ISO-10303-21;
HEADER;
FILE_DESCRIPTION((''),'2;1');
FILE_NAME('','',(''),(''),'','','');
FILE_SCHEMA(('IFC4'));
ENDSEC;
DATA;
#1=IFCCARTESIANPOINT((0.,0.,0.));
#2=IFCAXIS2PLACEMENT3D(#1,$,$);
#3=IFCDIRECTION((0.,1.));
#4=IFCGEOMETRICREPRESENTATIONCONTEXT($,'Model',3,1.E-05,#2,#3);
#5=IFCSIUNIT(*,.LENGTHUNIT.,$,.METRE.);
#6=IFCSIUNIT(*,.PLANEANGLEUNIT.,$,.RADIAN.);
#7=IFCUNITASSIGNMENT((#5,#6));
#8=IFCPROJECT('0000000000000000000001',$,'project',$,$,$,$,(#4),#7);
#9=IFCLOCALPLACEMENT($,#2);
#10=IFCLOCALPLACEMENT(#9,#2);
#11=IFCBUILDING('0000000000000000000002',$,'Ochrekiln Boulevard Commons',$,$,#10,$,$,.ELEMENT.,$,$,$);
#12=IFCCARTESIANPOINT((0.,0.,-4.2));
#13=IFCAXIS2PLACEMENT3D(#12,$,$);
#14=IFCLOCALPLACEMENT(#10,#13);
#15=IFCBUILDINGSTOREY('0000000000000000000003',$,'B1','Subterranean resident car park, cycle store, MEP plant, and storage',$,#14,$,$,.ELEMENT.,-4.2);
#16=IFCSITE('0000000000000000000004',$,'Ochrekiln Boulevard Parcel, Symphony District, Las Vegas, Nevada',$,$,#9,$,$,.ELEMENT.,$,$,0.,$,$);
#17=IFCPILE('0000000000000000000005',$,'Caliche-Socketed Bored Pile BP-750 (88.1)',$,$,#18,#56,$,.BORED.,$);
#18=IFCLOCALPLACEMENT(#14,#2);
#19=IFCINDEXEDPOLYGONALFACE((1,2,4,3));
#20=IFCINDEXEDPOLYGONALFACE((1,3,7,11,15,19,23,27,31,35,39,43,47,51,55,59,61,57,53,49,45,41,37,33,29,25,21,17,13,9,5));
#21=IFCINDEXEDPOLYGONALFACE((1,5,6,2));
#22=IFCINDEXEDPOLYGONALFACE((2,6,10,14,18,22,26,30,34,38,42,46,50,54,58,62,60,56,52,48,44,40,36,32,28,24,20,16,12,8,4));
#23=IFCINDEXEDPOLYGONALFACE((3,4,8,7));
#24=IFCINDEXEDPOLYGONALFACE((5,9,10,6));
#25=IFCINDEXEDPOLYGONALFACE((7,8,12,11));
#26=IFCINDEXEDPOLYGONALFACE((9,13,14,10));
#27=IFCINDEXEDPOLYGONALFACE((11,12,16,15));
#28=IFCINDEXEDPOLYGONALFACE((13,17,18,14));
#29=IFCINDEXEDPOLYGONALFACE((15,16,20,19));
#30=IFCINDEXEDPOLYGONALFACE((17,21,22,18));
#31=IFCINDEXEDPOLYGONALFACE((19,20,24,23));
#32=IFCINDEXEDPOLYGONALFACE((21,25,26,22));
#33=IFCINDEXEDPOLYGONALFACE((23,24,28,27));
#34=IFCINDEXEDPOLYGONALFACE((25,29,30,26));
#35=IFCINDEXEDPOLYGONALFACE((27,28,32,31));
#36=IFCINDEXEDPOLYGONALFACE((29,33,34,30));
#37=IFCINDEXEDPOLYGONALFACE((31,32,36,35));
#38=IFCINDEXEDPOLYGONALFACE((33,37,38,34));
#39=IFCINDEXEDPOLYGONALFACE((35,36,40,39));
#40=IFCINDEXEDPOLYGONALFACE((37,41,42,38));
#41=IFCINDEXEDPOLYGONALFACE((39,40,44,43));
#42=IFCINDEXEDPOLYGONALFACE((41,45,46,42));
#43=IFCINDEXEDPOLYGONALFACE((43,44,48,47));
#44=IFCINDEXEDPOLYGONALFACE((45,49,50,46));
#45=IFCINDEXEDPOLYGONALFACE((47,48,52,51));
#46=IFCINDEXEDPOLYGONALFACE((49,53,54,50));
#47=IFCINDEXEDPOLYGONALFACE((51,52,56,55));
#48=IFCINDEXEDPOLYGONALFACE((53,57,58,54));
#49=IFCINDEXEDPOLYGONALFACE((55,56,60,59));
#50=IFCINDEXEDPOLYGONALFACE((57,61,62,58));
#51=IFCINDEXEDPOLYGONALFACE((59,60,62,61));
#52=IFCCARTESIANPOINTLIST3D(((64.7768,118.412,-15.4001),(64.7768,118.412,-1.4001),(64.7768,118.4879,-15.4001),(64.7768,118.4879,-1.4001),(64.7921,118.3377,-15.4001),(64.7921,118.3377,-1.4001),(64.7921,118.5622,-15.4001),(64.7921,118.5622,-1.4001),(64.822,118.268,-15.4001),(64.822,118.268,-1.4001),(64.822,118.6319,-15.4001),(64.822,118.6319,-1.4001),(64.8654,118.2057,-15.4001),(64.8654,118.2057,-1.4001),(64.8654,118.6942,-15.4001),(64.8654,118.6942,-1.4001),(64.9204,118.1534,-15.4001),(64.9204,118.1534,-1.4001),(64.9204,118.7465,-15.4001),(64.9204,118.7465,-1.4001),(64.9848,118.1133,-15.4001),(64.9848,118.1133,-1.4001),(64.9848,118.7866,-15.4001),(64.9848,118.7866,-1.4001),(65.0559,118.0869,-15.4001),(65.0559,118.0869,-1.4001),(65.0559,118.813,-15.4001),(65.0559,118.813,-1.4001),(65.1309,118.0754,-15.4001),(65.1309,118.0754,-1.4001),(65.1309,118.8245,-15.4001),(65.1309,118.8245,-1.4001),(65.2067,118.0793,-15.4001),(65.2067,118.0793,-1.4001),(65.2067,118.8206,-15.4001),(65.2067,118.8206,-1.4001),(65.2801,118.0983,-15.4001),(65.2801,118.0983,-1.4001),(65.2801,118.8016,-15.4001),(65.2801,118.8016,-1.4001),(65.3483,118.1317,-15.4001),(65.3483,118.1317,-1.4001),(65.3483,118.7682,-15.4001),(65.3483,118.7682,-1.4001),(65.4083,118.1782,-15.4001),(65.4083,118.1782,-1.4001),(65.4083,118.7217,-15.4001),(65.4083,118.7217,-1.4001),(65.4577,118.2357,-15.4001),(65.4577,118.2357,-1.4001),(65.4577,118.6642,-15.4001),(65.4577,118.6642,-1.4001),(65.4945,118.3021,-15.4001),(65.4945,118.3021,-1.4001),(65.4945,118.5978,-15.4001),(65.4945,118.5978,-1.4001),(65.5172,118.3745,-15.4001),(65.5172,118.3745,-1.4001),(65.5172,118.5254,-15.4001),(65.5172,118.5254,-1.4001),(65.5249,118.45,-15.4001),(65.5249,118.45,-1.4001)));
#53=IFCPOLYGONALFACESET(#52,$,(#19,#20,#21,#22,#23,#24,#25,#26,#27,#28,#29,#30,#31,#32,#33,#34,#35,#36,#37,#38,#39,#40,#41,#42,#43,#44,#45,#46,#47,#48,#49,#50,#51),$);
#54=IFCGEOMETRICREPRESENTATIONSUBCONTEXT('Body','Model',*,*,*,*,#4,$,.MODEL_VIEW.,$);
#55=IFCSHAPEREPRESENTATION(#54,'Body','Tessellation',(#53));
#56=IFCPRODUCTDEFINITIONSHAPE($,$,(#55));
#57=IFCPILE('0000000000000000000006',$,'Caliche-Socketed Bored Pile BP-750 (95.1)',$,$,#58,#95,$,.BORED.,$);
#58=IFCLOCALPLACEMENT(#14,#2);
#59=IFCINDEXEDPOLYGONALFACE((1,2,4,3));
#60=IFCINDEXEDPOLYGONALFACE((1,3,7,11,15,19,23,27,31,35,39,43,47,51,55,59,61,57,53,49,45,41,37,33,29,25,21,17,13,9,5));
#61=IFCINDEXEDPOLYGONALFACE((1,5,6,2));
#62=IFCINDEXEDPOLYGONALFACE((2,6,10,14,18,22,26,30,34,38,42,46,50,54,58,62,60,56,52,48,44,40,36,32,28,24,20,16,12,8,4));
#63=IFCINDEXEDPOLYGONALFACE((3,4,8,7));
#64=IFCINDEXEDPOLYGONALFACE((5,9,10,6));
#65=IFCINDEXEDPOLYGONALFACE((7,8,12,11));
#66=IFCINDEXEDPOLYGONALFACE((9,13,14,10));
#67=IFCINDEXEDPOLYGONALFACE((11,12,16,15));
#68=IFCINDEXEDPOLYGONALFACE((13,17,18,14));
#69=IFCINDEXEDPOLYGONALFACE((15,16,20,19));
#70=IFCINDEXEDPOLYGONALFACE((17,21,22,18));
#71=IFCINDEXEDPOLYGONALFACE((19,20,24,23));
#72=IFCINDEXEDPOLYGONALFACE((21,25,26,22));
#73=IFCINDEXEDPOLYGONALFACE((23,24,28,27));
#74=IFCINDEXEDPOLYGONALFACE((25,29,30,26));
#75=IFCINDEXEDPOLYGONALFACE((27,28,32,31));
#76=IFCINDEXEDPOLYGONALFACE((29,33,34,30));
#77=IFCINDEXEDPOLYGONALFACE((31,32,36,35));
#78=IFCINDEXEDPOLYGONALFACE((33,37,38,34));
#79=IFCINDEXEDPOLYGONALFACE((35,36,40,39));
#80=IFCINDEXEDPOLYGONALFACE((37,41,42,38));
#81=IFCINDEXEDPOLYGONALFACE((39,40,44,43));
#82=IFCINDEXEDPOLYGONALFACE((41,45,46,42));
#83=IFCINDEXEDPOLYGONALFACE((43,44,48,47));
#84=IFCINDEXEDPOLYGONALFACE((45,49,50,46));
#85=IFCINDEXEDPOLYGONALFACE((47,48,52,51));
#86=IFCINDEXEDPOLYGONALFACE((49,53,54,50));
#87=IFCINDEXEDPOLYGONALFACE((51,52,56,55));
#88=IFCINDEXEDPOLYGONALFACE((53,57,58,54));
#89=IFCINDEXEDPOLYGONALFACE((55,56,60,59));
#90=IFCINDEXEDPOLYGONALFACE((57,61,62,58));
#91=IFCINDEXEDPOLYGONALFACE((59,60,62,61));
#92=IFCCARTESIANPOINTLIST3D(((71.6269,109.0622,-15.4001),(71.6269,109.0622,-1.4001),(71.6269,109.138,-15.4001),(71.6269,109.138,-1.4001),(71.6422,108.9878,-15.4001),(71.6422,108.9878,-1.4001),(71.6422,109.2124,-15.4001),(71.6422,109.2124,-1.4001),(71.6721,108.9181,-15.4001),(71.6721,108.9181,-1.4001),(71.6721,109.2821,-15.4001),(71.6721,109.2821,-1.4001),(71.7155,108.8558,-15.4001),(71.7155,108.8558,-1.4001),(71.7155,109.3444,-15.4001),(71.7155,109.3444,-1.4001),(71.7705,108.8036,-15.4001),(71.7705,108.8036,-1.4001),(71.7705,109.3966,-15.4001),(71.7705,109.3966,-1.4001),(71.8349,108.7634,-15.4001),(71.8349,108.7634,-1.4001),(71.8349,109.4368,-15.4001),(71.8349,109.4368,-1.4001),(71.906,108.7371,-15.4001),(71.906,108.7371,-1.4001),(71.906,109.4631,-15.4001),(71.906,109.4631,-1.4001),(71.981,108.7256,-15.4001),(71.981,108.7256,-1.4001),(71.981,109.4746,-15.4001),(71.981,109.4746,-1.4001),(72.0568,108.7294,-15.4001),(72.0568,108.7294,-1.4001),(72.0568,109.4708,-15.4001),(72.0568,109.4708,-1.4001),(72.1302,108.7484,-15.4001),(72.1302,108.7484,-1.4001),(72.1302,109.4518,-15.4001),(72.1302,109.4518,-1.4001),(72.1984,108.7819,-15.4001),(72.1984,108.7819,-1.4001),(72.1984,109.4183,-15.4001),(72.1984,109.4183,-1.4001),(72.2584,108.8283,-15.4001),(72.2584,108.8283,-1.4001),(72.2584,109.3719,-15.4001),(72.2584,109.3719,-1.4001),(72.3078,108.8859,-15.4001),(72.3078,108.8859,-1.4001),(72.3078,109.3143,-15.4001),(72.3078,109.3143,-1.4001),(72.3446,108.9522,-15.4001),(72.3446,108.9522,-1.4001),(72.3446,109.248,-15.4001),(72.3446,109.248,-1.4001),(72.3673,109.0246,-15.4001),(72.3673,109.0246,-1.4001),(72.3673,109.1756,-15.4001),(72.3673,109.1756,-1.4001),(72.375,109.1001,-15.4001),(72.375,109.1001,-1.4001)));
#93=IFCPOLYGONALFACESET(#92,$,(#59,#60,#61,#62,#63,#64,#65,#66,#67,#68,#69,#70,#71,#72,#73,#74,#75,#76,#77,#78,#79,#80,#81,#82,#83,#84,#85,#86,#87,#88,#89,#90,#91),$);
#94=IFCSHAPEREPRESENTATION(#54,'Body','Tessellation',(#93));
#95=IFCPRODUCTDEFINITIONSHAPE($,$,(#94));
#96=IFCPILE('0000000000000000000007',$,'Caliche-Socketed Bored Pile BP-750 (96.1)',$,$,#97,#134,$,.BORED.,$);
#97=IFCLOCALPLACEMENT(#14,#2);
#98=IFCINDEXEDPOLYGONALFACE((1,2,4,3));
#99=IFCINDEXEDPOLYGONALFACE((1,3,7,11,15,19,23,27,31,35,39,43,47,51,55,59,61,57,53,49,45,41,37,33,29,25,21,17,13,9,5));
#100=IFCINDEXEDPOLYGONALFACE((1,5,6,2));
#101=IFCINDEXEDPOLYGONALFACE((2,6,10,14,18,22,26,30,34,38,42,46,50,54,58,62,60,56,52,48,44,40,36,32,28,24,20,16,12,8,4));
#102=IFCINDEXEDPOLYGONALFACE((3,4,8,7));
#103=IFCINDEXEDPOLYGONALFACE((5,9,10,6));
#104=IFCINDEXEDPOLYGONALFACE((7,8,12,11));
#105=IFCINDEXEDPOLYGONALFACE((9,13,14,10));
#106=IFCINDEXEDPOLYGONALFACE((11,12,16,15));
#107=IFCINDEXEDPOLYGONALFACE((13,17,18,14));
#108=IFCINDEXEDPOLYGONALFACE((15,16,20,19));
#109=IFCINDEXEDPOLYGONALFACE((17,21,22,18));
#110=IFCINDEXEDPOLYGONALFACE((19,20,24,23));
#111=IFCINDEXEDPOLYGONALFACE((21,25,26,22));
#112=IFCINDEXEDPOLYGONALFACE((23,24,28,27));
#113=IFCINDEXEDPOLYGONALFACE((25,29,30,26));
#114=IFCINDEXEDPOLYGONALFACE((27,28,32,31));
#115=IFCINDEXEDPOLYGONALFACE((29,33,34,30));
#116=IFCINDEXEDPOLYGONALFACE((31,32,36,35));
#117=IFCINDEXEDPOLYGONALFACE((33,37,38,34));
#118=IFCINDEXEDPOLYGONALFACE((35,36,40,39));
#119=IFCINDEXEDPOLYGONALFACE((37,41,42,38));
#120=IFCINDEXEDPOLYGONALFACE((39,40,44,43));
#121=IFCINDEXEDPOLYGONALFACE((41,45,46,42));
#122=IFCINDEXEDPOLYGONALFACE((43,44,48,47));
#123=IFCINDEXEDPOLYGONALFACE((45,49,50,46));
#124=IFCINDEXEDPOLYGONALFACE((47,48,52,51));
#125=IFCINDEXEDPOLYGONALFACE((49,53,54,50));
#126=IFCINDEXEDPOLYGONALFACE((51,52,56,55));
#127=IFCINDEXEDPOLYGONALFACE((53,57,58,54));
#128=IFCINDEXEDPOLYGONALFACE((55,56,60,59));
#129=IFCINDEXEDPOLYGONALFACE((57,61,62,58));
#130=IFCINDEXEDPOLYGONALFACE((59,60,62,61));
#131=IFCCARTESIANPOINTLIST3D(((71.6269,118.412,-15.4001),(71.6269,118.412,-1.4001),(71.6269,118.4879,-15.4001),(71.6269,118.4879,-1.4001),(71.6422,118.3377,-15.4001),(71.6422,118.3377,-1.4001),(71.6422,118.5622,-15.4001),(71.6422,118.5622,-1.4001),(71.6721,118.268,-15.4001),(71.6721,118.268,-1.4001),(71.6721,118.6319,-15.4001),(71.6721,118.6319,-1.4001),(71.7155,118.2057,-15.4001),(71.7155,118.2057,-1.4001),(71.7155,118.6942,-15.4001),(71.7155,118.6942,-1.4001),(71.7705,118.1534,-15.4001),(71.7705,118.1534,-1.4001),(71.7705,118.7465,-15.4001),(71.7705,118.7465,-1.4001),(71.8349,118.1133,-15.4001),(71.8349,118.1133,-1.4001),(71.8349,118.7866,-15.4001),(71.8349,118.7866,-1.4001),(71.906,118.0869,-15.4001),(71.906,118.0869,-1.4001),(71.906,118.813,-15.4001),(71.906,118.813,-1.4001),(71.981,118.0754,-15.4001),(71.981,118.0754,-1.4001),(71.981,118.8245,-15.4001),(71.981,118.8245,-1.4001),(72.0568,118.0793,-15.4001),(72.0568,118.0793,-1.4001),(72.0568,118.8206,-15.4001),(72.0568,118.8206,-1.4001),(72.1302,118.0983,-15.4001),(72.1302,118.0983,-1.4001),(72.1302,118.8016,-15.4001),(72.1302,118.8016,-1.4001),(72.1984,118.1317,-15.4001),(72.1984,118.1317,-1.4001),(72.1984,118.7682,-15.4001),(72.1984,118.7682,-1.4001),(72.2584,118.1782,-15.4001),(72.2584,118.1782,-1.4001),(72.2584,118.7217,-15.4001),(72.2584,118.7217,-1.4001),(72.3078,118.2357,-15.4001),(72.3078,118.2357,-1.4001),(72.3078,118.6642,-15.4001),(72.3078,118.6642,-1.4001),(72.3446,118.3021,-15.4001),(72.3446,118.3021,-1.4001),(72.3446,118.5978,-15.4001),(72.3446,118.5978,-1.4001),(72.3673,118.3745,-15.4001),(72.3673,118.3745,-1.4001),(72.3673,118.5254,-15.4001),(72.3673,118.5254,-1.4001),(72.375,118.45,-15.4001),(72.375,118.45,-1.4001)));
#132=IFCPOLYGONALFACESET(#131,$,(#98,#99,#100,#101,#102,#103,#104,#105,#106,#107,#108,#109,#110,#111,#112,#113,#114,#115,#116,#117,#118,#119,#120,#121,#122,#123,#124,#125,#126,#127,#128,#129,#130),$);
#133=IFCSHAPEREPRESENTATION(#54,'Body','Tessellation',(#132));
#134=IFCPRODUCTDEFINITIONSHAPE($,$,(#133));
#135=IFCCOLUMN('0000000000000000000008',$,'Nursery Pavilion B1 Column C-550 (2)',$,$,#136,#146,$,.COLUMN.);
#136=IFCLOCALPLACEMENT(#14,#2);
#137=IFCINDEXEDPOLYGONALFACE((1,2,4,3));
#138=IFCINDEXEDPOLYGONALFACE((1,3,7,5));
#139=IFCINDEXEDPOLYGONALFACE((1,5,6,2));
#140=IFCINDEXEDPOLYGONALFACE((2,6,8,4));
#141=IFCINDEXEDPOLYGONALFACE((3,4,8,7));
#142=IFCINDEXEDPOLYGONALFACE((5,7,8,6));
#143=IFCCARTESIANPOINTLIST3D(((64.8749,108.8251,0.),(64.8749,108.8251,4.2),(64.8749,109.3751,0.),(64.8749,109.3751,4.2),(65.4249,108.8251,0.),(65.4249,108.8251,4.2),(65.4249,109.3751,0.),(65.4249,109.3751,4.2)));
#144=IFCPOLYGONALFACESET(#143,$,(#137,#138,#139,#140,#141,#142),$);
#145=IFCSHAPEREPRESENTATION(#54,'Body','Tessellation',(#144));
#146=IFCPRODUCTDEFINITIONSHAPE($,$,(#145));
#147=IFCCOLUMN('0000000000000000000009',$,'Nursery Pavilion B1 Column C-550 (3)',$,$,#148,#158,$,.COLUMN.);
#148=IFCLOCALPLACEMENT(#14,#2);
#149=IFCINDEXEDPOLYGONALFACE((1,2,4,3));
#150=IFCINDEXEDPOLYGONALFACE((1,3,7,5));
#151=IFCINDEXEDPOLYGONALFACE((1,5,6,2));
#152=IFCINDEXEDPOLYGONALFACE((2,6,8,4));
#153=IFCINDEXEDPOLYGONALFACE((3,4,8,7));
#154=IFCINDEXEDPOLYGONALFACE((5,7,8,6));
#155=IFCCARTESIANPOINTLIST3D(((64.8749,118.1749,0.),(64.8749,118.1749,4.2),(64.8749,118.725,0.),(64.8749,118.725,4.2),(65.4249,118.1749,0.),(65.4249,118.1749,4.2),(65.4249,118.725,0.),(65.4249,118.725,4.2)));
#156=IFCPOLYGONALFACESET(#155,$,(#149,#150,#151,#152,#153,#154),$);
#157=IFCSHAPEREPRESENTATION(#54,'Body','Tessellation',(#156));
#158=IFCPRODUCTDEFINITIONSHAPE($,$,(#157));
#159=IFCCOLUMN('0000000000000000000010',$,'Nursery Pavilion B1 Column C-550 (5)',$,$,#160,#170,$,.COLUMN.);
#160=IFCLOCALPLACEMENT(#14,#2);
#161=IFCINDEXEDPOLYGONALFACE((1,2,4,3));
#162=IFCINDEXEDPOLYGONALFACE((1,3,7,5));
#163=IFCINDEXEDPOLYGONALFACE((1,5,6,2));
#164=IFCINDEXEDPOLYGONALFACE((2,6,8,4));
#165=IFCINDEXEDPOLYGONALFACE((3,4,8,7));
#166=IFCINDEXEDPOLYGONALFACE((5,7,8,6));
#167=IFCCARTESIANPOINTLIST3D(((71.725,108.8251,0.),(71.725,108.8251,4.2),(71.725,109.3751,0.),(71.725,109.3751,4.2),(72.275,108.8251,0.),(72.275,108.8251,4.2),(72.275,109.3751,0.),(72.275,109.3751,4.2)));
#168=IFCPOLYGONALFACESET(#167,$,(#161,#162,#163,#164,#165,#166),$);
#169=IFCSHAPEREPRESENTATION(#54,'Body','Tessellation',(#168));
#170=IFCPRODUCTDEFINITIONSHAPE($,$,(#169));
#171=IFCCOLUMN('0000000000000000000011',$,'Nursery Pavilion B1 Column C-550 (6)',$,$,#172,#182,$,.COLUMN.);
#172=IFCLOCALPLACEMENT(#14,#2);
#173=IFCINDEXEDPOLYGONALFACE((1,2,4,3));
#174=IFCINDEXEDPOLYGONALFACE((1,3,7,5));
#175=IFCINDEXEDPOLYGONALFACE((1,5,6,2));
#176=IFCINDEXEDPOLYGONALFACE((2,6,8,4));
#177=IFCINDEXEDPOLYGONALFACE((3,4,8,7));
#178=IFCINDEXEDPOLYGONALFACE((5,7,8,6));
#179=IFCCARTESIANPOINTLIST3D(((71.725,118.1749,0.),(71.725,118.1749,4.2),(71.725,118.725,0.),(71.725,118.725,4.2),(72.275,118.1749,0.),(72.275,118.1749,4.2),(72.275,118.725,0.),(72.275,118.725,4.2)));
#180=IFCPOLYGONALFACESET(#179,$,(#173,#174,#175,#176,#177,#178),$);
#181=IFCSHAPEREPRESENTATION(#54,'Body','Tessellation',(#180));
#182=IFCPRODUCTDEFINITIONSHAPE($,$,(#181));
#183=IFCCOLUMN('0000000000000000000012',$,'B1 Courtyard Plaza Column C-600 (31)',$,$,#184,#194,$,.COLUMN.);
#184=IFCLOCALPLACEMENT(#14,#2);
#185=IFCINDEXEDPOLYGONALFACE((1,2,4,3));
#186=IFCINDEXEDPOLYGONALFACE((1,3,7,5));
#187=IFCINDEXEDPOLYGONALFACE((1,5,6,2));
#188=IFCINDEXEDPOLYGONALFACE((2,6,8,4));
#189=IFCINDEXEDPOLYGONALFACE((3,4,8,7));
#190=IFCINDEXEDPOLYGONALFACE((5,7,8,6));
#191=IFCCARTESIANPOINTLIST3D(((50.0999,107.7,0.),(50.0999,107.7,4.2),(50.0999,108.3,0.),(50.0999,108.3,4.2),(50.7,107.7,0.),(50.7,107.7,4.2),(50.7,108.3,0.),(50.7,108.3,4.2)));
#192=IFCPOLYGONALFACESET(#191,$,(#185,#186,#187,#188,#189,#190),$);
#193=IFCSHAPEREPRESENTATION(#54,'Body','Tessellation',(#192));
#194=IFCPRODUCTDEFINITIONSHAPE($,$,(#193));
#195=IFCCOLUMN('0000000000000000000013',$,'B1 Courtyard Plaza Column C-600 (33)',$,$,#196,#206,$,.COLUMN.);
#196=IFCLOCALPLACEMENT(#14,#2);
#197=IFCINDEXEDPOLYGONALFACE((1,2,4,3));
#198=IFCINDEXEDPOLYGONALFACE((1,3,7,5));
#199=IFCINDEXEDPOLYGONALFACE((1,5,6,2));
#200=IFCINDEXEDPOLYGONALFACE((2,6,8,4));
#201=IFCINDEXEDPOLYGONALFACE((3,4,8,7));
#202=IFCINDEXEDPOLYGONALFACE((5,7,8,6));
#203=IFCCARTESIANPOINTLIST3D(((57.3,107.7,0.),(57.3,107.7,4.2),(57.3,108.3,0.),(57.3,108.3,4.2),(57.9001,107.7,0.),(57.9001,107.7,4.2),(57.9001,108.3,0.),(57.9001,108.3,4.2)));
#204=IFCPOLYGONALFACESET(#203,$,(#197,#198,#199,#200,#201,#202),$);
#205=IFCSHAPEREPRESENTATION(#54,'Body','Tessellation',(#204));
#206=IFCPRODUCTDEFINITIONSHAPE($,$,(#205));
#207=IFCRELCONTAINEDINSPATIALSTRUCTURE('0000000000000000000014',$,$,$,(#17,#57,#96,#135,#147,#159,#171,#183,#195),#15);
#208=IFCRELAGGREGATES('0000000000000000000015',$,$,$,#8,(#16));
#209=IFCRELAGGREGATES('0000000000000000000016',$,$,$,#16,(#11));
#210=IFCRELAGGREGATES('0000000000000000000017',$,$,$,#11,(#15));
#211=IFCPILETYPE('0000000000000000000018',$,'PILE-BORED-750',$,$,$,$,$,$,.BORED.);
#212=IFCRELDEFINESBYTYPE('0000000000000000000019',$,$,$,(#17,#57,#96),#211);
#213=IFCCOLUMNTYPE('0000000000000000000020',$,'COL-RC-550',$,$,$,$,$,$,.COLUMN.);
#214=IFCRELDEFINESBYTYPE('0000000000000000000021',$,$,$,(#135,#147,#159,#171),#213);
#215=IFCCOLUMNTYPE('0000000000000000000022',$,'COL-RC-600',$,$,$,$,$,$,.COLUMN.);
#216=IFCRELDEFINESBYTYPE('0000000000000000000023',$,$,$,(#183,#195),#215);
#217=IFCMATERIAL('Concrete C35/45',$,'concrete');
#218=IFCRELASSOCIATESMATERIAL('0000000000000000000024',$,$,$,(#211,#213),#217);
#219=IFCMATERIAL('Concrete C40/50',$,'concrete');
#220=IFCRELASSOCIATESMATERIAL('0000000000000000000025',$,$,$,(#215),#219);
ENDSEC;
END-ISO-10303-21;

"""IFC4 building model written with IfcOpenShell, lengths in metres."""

from ifc_helpers import new_model, si_unit, direction, frame, origin, origin_2d, place, context, subcontext, project, spatial, rectangle, circle, extrude, material, material_profile, profile_set, type_object, element, save


model = new_model("IFC4")

# Units and contexts
model_context = context("Model", 3, precision=1e-05, world=origin(), true_north=direction((0.0, 1.0)))
body_context = subcontext(model_context, "Body", "Model", "MODEL_VIEW")
ifc_project = project(units=[si_unit("LENGTHUNIT", "METRE"), si_unit("PLANEANGLEUNIT", "RADIAN")], contexts=[model_context])

# Site, building, storey
site_placement = place(None, origin())
site = spatial("IfcSite", under=ifc_project, at=site_placement, Name="Ochrekiln Boulevard Parcel, Symphony District, Las Vegas, Nevada", CompositionType="ELEMENT", RefElevation=0.0)
building_placement = place(site_placement, origin())
building = spatial("IfcBuilding", under=site, at=building_placement, Name="Ochrekiln Boulevard Commons", CompositionType="ELEMENT")
storey_placement = place(building_placement, frame((0.0, 0.0, -4.2)))
storey = spatial("IfcBuildingStorey", under=building, at=storey_placement, Name="B1", Description="Subterranean resident car park, cycle store, MEP plant, and storage", CompositionType="ELEMENT", Elevation=-4.2)

# Shared definitions
ifc_material_1 = material(Name="Concrete C35/45", Category="concrete")

# Piles
ifc_material_profile_1 = material_profile(ifc_material_1, circle(Radius=0.375, at=origin_2d()), Name="PILE-D750")
ifc_profile_set_1 = profile_set([ifc_material_profile_1], Name="Concrete C35/45")
pile_type = type_object("IfcPileType", Name="PILE-BORED-750", PredefinedType="BORED", material=ifc_profile_set_1)
for number, where, z_axis, x_axis, name in (
    (1, (65.1499, 118.45, -1.4001), (0.0, 0.0, -1.0), (1.0, 0.0, 0.0), "Caliche-Socketed Bored Pile BP-750 (88.1)"),
    (2, (72.0, 109.1001, -1.4001), (0.0, 0.0, -1.0), (1.0, 0.0, 0.0), "Caliche-Socketed Bored Pile BP-750 (95.1)"),
    (3, (72.0, 118.45, -1.4001), (0.0, 0.0, -1.0), (1.0, 0.0, 0.0), "Caliche-Socketed Bored Pile BP-750 (96.1)"),
):
    element("IfcPile", number, at=place(storey_placement, frame(where, z_axis=z_axis, x_axis=x_axis)), inside=storey, type_object=pile_type, Name=name, PredefinedType="BORED", context=body_context, shape_type="SweptSolid", body=[
        extrude(circle(Radius=0.375, at=origin_2d()), origin(), (0.0, 0.0, 1.0), 14.0),
    ])

# Columns
ifc_material_profile_2 = material_profile(ifc_material_1, rectangle(XDim=0.55, YDim=0.55, at=origin_2d()), Name="RC-COL-550x550")
ifc_profile_set_2 = profile_set([ifc_material_profile_2], Name="Concrete C35/45")
column_type_1 = type_object("IfcColumnType", Name="COL-RC-550", PredefinedType="COLUMN", material=ifc_profile_set_2)
for number, where, z_axis, x_axis, name in (
    (4, (65.1499, 109.1001, 0.0), (0.0, 0.0, 1.0), (1.0, 0.0, 0.0), "Nursery Pavilion B1 Column C-550 (2)"),
    (5, (65.1499, 118.45, 0.0), (0.0, 0.0, 1.0), (1.0, 0.0, 0.0), "Nursery Pavilion B1 Column C-550 (3)"),
    (6, (72.0, 109.1001, 0.0), (0.0, 0.0, 1.0), (1.0, 0.0, 0.0), "Nursery Pavilion B1 Column C-550 (5)"),
    (7, (72.0, 118.45, 0.0), (0.0, 0.0, 1.0), (1.0, 0.0, 0.0), "Nursery Pavilion B1 Column C-550 (6)"),
):
    element("IfcColumn", number, at=place(storey_placement, frame(where, z_axis=z_axis, x_axis=x_axis)), inside=storey, type_object=column_type_1, Name=name, PredefinedType="COLUMN", context=body_context, shape_type="SweptSolid", body=[
        extrude(rectangle(XDim=0.55, YDim=0.55, at=origin_2d()), origin(), (0.0, 0.0, 1.0), 4.2),
    ])
ifc_material_2 = material(Name="Concrete C40/50", Category="concrete")
ifc_material_profile_3 = material_profile(ifc_material_2, rectangle(XDim=0.6001, YDim=0.6001, at=origin_2d()), Name="RC-COL-600x600")
ifc_profile_set_3 = profile_set([ifc_material_profile_3], Name="Concrete C40/50")
column_type_2 = type_object("IfcColumnType", Name="COL-RC-600", PredefinedType="COLUMN", material=ifc_profile_set_3)
for number, where, z_axis, x_axis, name in (
    (8, (50.3999, 108.0, 0.0), (0.0, 0.0, 1.0), (1.0, 0.0, 0.0), "B1 Courtyard Plaza Column C-600 (31)"),
    (9, (57.6001, 108.0, 0.0), (0.0, 0.0, 1.0), (1.0, 0.0, 0.0), "B1 Courtyard Plaza Column C-600 (33)"),
):
    element("IfcColumn", number, at=place(storey_placement, frame(where, z_axis=z_axis, x_axis=x_axis)), inside=storey, type_object=column_type_2, Name=name, PredefinedType="COLUMN", context=body_context, shape_type="SweptSolid", body=[
        extrude(rectangle(XDim=0.6001, YDim=0.6001, at=origin_2d()), origin(), (0.0, 0.0, 1.0), 4.2),
    ])

save(model, "model.ifc")
